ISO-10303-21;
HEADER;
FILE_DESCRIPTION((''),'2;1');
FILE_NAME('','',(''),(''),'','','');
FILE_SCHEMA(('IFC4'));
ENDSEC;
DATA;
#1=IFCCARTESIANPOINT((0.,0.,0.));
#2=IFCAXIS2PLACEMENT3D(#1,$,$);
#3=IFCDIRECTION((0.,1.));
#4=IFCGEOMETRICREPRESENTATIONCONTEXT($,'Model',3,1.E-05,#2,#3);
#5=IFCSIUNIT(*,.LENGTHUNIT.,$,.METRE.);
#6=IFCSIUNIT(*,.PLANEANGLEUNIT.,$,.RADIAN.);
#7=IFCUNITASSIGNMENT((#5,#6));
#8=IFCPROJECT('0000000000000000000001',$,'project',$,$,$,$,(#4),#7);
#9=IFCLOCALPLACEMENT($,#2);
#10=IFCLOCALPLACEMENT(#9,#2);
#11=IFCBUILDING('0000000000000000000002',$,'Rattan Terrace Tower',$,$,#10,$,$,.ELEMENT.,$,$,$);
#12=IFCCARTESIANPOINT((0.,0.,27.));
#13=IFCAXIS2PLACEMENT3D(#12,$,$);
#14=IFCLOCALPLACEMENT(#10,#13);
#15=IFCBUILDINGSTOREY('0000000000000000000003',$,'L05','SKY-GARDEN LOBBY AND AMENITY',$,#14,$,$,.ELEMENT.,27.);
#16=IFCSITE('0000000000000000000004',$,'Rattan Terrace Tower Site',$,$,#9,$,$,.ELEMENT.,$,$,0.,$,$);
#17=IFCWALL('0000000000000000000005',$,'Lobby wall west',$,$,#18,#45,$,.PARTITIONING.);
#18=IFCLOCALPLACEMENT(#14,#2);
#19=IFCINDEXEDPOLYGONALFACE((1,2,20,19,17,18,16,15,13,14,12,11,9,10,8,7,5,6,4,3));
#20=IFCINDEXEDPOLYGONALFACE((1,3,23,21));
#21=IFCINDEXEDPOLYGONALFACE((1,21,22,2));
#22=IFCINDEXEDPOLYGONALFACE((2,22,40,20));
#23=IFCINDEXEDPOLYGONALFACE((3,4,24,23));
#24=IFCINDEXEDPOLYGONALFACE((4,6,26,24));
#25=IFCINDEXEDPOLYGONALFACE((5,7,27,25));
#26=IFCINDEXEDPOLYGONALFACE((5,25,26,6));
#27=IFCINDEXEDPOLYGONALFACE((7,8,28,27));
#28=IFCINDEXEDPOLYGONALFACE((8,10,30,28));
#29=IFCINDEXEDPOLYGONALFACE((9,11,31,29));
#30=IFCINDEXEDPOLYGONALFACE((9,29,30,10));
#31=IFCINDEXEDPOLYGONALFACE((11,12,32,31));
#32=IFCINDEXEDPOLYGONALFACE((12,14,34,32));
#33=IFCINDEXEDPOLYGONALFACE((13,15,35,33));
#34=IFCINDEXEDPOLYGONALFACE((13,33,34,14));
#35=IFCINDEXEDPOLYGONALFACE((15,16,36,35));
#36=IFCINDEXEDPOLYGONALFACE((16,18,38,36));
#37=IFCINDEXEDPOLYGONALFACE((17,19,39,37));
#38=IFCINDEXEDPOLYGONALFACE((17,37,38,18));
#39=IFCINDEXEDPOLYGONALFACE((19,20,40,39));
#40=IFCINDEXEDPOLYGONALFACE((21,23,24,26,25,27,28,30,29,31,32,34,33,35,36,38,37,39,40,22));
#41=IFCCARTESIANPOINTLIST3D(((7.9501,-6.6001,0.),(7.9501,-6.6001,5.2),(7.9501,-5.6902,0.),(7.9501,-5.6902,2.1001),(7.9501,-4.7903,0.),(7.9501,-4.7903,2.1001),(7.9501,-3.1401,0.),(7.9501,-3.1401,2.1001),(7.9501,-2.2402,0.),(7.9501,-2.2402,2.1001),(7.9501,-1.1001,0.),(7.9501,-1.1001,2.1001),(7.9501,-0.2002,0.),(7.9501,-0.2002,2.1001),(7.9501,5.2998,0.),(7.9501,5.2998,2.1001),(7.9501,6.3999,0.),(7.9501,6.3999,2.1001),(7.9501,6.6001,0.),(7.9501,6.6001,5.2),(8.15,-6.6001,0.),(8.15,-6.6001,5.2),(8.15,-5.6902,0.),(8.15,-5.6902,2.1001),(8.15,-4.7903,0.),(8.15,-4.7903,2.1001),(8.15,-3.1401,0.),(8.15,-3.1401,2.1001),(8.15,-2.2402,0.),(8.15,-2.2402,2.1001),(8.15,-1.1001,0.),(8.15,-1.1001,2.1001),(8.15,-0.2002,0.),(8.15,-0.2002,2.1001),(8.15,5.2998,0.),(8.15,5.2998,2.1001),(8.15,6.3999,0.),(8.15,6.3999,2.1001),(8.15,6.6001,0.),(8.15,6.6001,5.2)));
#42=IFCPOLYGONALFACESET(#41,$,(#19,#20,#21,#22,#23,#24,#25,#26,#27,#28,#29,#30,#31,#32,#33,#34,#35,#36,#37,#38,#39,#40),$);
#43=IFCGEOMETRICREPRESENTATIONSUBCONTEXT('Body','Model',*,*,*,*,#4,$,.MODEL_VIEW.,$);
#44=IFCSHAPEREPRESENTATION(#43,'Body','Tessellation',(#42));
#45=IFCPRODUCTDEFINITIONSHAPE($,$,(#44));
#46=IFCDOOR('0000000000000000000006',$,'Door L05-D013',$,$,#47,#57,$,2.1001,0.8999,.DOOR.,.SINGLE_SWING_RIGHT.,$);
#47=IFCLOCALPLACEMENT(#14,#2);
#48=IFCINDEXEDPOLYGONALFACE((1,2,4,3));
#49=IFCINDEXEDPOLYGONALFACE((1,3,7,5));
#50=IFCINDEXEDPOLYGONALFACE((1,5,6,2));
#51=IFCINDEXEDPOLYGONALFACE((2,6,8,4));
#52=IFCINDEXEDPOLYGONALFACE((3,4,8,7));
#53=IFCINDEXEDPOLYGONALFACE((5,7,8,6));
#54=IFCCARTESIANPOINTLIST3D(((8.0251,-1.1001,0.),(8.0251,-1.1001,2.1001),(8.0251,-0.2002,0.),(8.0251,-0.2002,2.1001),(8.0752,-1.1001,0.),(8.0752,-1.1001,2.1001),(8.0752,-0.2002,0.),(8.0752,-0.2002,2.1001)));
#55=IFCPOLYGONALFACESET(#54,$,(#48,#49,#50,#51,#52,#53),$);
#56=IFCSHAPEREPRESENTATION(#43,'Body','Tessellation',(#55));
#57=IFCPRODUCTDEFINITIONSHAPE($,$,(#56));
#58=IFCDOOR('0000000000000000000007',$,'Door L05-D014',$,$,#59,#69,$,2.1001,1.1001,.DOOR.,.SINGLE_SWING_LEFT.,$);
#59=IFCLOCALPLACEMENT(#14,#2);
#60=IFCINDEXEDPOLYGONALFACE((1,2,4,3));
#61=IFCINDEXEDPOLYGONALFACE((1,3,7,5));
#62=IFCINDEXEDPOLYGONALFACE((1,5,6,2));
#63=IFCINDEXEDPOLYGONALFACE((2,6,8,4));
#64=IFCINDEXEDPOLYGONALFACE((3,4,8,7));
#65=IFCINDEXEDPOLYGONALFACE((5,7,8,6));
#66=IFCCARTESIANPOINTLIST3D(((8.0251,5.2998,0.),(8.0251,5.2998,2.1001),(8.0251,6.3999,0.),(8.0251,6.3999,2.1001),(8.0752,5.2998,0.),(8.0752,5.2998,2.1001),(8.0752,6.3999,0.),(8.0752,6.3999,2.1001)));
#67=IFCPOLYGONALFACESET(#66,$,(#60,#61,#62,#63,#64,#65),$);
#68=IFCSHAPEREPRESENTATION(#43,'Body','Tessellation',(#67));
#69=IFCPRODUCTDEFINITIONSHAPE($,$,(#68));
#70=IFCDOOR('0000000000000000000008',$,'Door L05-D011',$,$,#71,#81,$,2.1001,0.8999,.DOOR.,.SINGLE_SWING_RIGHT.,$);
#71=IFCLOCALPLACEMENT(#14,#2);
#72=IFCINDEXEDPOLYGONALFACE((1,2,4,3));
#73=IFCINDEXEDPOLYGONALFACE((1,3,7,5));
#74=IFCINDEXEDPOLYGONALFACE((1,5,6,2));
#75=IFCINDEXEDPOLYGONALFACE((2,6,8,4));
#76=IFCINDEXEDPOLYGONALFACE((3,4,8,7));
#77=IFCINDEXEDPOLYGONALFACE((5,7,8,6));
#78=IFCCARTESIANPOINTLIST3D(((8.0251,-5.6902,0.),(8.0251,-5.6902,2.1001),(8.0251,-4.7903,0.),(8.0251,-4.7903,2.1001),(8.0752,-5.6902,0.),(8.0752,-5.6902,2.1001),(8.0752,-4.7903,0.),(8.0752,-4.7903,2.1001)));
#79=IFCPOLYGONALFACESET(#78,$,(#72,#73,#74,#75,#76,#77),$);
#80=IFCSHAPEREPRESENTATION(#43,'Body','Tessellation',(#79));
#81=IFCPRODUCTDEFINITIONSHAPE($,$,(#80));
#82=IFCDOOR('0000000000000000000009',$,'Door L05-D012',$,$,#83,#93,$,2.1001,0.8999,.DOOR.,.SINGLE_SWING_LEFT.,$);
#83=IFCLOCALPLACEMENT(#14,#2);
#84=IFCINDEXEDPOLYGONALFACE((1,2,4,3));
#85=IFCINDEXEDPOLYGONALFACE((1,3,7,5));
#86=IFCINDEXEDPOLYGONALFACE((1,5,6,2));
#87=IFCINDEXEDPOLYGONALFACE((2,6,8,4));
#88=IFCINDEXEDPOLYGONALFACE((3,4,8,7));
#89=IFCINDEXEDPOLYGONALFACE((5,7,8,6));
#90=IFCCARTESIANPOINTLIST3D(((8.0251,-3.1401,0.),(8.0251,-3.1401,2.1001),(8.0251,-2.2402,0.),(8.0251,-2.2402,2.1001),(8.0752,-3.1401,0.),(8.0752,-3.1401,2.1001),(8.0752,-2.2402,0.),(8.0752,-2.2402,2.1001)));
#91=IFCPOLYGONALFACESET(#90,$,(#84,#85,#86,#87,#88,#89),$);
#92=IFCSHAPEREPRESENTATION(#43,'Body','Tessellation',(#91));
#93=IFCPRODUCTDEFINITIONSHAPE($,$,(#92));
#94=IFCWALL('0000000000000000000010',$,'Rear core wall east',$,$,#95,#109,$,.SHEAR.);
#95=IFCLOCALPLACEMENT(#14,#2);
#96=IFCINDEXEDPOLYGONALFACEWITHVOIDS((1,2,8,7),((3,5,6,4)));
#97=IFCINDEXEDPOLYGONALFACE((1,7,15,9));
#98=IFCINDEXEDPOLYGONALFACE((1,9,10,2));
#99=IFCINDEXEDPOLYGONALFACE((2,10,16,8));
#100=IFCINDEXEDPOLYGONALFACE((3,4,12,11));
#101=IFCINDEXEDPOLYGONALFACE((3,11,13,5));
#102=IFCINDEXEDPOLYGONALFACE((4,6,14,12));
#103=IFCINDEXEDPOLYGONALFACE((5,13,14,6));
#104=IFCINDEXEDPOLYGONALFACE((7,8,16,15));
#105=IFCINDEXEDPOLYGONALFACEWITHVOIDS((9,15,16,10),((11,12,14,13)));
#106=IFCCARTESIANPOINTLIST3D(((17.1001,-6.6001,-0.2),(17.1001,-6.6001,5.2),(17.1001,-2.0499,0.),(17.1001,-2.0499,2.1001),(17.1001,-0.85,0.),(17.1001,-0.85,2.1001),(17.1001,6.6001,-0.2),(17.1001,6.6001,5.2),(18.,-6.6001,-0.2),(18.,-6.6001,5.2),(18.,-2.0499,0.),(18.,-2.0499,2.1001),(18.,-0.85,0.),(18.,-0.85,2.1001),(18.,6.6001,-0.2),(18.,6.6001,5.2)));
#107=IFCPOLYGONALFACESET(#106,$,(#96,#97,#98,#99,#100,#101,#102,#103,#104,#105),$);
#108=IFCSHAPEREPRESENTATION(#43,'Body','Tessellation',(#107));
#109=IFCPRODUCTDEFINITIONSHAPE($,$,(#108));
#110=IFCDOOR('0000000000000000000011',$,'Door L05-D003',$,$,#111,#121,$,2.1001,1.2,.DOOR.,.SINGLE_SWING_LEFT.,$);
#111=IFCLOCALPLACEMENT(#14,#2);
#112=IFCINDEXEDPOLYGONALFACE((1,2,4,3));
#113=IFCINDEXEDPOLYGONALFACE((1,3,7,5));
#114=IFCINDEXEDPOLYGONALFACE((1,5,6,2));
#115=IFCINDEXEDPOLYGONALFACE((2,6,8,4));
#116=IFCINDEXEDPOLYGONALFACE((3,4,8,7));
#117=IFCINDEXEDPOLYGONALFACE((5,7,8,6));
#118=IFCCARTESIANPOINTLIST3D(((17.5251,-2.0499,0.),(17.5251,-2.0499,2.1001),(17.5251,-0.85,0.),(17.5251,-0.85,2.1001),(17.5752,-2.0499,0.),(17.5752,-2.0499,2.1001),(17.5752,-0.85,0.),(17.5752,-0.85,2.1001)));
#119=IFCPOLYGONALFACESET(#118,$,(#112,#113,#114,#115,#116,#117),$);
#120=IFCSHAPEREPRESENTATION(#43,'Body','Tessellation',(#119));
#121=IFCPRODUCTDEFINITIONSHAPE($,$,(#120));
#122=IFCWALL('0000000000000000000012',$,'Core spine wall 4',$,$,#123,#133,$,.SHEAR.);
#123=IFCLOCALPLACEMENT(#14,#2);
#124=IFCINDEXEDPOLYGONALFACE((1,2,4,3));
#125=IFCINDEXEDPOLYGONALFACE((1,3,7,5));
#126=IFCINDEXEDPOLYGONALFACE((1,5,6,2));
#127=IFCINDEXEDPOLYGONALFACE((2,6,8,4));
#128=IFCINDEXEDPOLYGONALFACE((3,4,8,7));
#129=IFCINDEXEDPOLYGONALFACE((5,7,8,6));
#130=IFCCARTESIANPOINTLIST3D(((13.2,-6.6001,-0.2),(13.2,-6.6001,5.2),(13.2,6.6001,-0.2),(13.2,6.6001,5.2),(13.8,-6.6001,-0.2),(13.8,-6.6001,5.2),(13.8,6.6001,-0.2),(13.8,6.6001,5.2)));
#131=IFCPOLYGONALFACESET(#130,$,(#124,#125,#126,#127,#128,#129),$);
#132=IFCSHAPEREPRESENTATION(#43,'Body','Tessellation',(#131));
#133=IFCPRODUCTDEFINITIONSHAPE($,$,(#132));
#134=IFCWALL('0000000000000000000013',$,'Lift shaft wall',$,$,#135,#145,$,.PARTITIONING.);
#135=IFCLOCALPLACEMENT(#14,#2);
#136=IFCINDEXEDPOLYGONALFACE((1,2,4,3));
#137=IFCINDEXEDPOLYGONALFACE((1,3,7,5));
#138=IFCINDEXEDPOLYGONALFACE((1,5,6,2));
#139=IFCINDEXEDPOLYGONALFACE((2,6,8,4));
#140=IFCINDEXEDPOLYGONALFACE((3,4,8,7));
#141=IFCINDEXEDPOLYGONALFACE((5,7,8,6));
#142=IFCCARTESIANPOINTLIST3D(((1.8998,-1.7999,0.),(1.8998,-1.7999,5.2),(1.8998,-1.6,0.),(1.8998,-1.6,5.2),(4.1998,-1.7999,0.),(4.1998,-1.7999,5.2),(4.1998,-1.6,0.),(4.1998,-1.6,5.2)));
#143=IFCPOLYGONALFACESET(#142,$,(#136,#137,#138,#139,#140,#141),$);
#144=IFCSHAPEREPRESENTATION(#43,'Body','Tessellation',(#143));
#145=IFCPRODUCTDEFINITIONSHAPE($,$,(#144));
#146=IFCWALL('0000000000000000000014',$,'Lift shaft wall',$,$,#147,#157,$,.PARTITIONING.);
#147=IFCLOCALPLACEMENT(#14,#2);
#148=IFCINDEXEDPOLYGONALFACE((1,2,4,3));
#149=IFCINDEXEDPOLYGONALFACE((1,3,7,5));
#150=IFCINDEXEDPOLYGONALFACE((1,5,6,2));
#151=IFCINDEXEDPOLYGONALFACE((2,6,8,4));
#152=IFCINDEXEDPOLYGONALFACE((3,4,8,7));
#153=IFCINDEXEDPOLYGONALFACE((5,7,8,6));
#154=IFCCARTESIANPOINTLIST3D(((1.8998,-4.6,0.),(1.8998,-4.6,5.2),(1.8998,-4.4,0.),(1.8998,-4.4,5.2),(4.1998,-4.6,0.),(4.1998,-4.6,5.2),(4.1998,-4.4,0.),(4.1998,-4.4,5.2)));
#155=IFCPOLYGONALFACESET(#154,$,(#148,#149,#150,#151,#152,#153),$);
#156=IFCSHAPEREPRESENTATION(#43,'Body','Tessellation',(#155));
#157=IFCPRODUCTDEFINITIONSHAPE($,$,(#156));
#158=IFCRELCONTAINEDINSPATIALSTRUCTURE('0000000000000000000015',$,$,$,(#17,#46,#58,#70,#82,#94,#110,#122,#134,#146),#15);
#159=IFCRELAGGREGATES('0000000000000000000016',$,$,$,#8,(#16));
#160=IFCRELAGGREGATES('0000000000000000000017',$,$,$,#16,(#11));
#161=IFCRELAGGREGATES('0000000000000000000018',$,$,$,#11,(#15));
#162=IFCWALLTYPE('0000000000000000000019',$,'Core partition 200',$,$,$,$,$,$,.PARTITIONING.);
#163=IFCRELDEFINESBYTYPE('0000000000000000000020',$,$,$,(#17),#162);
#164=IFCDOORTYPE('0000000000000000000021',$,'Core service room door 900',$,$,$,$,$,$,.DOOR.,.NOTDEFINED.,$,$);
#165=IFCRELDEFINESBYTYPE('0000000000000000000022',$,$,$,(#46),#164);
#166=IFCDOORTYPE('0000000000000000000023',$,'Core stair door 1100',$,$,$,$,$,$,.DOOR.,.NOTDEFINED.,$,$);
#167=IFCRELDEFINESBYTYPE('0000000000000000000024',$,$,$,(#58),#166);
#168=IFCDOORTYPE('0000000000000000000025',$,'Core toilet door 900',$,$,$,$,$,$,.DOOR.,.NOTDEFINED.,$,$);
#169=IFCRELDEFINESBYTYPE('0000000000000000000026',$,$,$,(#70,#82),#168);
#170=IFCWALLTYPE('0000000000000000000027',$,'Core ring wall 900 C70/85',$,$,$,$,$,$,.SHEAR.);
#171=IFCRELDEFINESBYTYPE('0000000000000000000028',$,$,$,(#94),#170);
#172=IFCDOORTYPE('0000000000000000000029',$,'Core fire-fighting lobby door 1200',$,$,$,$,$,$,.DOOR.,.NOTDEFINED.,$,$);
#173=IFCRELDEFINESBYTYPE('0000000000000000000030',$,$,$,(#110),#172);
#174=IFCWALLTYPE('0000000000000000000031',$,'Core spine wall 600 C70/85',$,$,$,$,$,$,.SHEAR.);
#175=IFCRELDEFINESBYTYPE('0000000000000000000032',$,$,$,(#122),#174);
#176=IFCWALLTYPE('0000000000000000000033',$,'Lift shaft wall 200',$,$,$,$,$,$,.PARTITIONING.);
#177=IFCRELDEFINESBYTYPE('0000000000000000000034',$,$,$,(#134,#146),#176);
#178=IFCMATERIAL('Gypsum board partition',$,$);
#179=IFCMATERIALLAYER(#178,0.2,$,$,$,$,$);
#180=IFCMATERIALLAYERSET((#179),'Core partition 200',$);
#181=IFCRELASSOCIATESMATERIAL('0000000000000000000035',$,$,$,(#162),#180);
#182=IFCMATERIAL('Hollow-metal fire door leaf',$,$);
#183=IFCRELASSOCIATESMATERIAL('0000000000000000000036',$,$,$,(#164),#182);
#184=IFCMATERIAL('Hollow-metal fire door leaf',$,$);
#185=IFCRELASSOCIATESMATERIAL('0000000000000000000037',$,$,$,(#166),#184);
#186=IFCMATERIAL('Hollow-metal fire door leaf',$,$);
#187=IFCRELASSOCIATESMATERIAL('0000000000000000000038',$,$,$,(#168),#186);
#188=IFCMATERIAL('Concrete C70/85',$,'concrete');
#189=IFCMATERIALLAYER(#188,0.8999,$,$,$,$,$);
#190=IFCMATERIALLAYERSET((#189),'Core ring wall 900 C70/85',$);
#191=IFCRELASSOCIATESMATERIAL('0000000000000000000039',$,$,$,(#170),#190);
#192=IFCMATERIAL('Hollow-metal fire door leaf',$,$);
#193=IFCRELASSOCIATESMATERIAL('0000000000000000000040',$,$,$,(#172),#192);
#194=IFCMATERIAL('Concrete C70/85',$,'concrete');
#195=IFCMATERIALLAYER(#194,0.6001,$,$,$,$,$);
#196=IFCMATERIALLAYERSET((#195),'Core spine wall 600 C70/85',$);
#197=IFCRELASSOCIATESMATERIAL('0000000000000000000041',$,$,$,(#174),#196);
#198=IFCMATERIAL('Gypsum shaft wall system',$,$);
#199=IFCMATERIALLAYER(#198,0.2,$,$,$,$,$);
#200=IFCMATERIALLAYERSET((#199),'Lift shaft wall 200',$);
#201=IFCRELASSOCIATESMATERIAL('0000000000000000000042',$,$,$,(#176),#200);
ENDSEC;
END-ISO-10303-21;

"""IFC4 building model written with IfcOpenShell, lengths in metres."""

from ifc_helpers import new_model, si_unit, direction, frame, frame_2d, origin, place, context, subcontext, project, spatial, rectangle, extrude, material, layer, layer_set, type_object, element, fill, save


model = new_model("IFC4")

# Units and contexts
model_context = context("Model", 3, precision=1e-05, world=origin(), true_north=direction((0.0, 1.0)))
body_context = subcontext(model_context, "Body", "Model", "MODEL_VIEW")
ifc_project = project(units=[si_unit("LENGTHUNIT", "METRE"), si_unit("PLANEANGLEUNIT", "RADIAN")], contexts=[model_context])

# Site, building, storey
site_placement = place(None, origin())
site = spatial("IfcSite", under=ifc_project, at=site_placement, Name="Rattan Terrace Tower Site", CompositionType="ELEMENT", RefElevation=0.0)
building_placement = place(site_placement, origin())
building = spatial("IfcBuilding", under=site, at=building_placement, Name="Rattan Terrace Tower", CompositionType="ELEMENT")
storey_placement = place(building_placement, frame((0.0, 0.0, 27.0)))
storey = spatial("IfcBuildingStorey", under=building, at=storey_placement, Name="L05", Description="SKY-GARDEN LOBBY AND AMENITY", CompositionType="ELEMENT", Elevation=27.0)

# Shared definitions
ifc_material_1 = material(Name="Gypsum board partition")
ifc_layer_1 = layer(ifc_material_1, 0.2)
ifc_layer_set_1 = layer_set([ifc_layer_1], Name="Core partition 200")
wall_type_1 = type_object("IfcWallType", Name="Core partition 200", PredefinedType="PARTITIONING", material=ifc_layer_set_1)

# Wall, openings, doors
wall_1_placement = place(storey_placement, frame((8.05, -6.6001, 0.0), z_axis=(0.0, 0.0, 1.0), x_axis=(0.0, 1.0, 0.0)))
wall_1 = element("IfcWall", 1, at=wall_1_placement, inside=storey, type_object=wall_type_1, Name="Lobby wall west", PredefinedType="PARTITIONING", context=body_context, shape_type="SweptSolid", body=[
    extrude(rectangle(XDim=13.2002, YDim=0.2, at=frame_2d((6.6001, 0.0))), origin(), (0.0, 0.0, 1.0), 5.2),
])
opening_1_placement = place(wall_1_placement, frame((0.9099, 0.0, 0.0)))
opening_1 = element("IfcOpeningElement", 2, at=opening_1_placement, cuts=wall_1, PredefinedType="OPENING", context=body_context, shape_type="SweptSolid", body=[
    extrude(rectangle(XDim=0.8999, YDim=2.1001, at=frame_2d((0.45, 1.05))), frame((0.0, 0.1106, 0.0), z_axis=(0.0, -1.0, 0.0), x_axis=(1.0, 0.0, 0.0)), (0.0, 0.0, 1.0), 0.2209),
])
opening_2_placement = place(wall_1_placement, frame((3.46, 0.0, 0.0)))
opening_2 = element("IfcOpeningElement", 3, at=opening_2_placement, cuts=wall_1, PredefinedType="OPENING", context=body_context, shape_type="SweptSolid", body=[
    extrude(rectangle(XDim=0.8999, YDim=2.1001, at=frame_2d((0.45, 1.05))), frame((0.0, 0.1106, 0.0), z_axis=(0.0, -1.0, 0.0), x_axis=(1.0, 0.0, 0.0)), (0.0, 0.0, 1.0), 0.2209),
])
opening_3_placement = place(wall_1_placement, frame((5.5, 0.0, 0.0)))
opening_3 = element("IfcOpeningElement", 4, at=opening_3_placement, cuts=wall_1, PredefinedType="OPENING", context=body_context, shape_type="SweptSolid", body=[
    extrude(rectangle(XDim=0.8999, YDim=2.1001, at=frame_2d((0.45, 1.05))), frame((0.0, 0.1106, 0.0), z_axis=(0.0, -1.0, 0.0), x_axis=(1.0, 0.0, 0.0)), (0.0, 0.0, 1.0), 0.2209),
])
opening_4_placement = place(wall_1_placement, frame((11.8999, 0.0, 0.0)))
opening_4 = element("IfcOpeningElement", 5, at=opening_4_placement, cuts=wall_1, PredefinedType="OPENING", context=body_context, shape_type="SweptSolid", body=[
    extrude(rectangle(XDim=1.1001, YDim=2.1001, at=frame_2d((0.55, 1.05))), frame((0.0, 0.1106, 0.0), z_axis=(0.0, -1.0, 0.0), x_axis=(1.0, 0.0, 0.0)), (0.0, 0.0, 1.0), 0.2209),
])
ifc_material_2 = material(Name="Hollow-metal fire door leaf")
door_type_1 = type_object("IfcDoorType", Name="Core service room door 900", OperationType="NOTDEFINED", PredefinedType="DOOR", material=ifc_material_2)
door_1_placement = place(opening_3_placement, origin())
door_1 = element("IfcDoor", 6, at=door_1_placement, inside=storey, type_object=door_type_1, Name="Door L05-D013", OperationType="SINGLE_SWING_RIGHT", OverallHeight=2.1001, OverallWidth=0.8999, PredefinedType="DOOR", context=body_context, shape_type="SweptSolid", body=[
    extrude(rectangle(XDim=0.8999, YDim=2.1001, at=frame_2d((0.45, 1.05))), frame((0.0, 0.0249, 0.0), z_axis=(0.0, -1.0, 0.0), x_axis=(1.0, 0.0, 0.0)), (0.0, 0.0, 1.0), 0.05),
])
fill(opening_3, door_1)
ifc_material_3 = material(Name="Hollow-metal fire door leaf")
door_type_2 = type_object("IfcDoorType", Name="Core stair door 1100", OperationType="NOTDEFINED", PredefinedType="DOOR", material=ifc_material_3)
door_2_placement = place(opening_4_placement, origin())
door_2 = element("IfcDoor", 7, at=door_2_placement, inside=storey, type_object=door_type_2, Name="Door L05-D014", OperationType="SINGLE_SWING_LEFT", OverallHeight=2.1001, OverallWidth=1.1001, PredefinedType="DOOR", context=body_context, shape_type="SweptSolid", body=[
    extrude(rectangle(XDim=1.1001, YDim=2.1001, at=frame_2d((0.55, 1.05))), frame((0.0, 0.0249, 0.0), z_axis=(0.0, -1.0, 0.0), x_axis=(1.0, 0.0, 0.0)), (0.0, 0.0, 1.0), 0.05),
])
fill(opening_4, door_2)
ifc_material_4 = material(Name="Hollow-metal fire door leaf")
door_type_3 = type_object("IfcDoorType", Name="Core toilet door 900", OperationType="NOTDEFINED", PredefinedType="DOOR", material=ifc_material_4)
door_3_placement = place(opening_1_placement, origin())
door_3 = element("IfcDoor", 8, at=door_3_placement, inside=storey, type_object=door_type_3, Name="Door L05-D011", OperationType="SINGLE_SWING_RIGHT", OverallHeight=2.1001, OverallWidth=0.8999, PredefinedType="DOOR", context=body_context, shape_type="SweptSolid", body=[
    extrude(rectangle(XDim=0.8999, YDim=2.1001, at=frame_2d((0.45, 1.05))), frame((0.0, 0.0249, 0.0), z_axis=(0.0, -1.0, 0.0), x_axis=(1.0, 0.0, 0.0)), (0.0, 0.0, 1.0), 0.05),
])
fill(opening_1, door_3)
door_4_placement = place(opening_2_placement, origin())
door_4 = element("IfcDoor", 9, at=door_4_placement, inside=storey, type_object=door_type_3, Name="Door L05-D012", OperationType="SINGLE_SWING_LEFT", OverallHeight=2.1001, OverallWidth=0.8999, PredefinedType="DOOR", context=body_context, shape_type="SweptSolid", body=[
    extrude(rectangle(XDim=0.8999, YDim=2.1001, at=frame_2d((0.45, 1.05))), frame((0.0, 0.0249, 0.0), z_axis=(0.0, -1.0, 0.0), x_axis=(1.0, 0.0, 0.0)), (0.0, 0.0, 1.0), 0.05),
])
fill(opening_2, door_4)

# Wall, opening, door
ifc_material_5 = material(Name="Concrete C70/85", Category="concrete")
ifc_layer_2 = layer(ifc_material_5, 0.8999)
ifc_layer_set_2 = layer_set([ifc_layer_2], Name="Core ring wall 900 C70/85")
wall_type_2 = type_object("IfcWallType", Name="Core ring wall 900 C70/85", PredefinedType="SHEAR", material=ifc_layer_set_2)
wall_2_placement = place(storey_placement, frame((17.55, -6.6001, -0.2), z_axis=(0.0, 0.0, 1.0), x_axis=(0.0, 1.0, 0.0)))
wall_2 = element("IfcWall", 10, at=wall_2_placement, inside=storey, type_object=wall_type_2, Name="Rear core wall east", PredefinedType="SHEAR", context=body_context, shape_type="SweptSolid", body=[
    extrude(rectangle(XDim=13.2002, YDim=0.8999, at=frame_2d((6.6001, 0.0))), origin(), (0.0, 0.0, 1.0), 5.3999),
])
opening_5_placement = place(wall_2_placement, frame((4.55, 0.0, 0.2)))
opening_5 = element("IfcOpeningElement", 11, at=opening_5_placement, cuts=wall_2, PredefinedType="OPENING", context=body_context, shape_type="SweptSolid", body=[
    extrude(rectangle(XDim=1.2, YDim=2.1001, at=frame_2d((0.6001, 1.05))), frame((0.0, 0.4604, 0.0), z_axis=(0.0, -1.0, 0.0), x_axis=(1.0, 0.0, 0.0)), (0.0, 0.0, 1.0), 0.9209),
])
ifc_material_6 = material(Name="Hollow-metal fire door leaf")
door_type_4 = type_object("IfcDoorType", Name="Core fire-fighting lobby door 1200", OperationType="NOTDEFINED", PredefinedType="DOOR", material=ifc_material_6)
door_5_placement = place(opening_5_placement, origin())
door_5 = element("IfcDoor", 12, at=door_5_placement, inside=storey, type_object=door_type_4, Name="Door L05-D003", OperationType="SINGLE_SWING_LEFT", OverallHeight=2.1001, OverallWidth=1.2, PredefinedType="DOOR", context=body_context, shape_type="SweptSolid", body=[
    extrude(rectangle(XDim=1.2, YDim=2.1001, at=frame_2d((0.6001, 1.05))), frame((0.0, 0.0249, 0.0), z_axis=(0.0, -1.0, 0.0), x_axis=(1.0, 0.0, 0.0)), (0.0, 0.0, 1.0), 0.05),
])
fill(opening_5, door_5)

# Walls
ifc_material_7 = material(Name="Concrete C70/85", Category="concrete")
ifc_layer_3 = layer(ifc_material_7, 0.6001)
ifc_layer_set_3 = layer_set([ifc_layer_3], Name="Core spine wall 600 C70/85")
wall_type_3 = type_object("IfcWallType", Name="Core spine wall 600 C70/85", PredefinedType="SHEAR", material=ifc_layer_set_3)
wall_3_placement = place(storey_placement, frame((13.5, -6.6001, -0.2), z_axis=(0.0, 0.0, 1.0), x_axis=(0.0, 1.0, 0.0)))
element("IfcWall", 13, at=wall_3_placement, inside=storey, type_object=wall_type_3, Name="Core spine wall 4", PredefinedType="SHEAR", context=body_context, shape_type="SweptSolid", body=[
    extrude(rectangle(XDim=13.2002, YDim=0.6001, at=frame_2d((6.6001, 0.0))), origin(), (0.0, 0.0, 1.0), 5.3999),
])
ifc_material_8 = material(Name="Gypsum shaft wall system")
ifc_layer_4 = layer(ifc_material_8, 0.2)
ifc_layer_set_4 = layer_set([ifc_layer_4], Name="Lift shaft wall 200")
wall_type_4 = type_object("IfcWallType", Name="Lift shaft wall 200", PredefinedType="PARTITIONING", material=ifc_layer_set_4)
for number, where, z_axis, x_axis, name in (
    (14, (1.8999, -1.7, 0.0), (0.0, 0.0, 1.0), (1.0, 0.0, 0.0), "Lift shaft wall"),
    (15, (1.8999, -4.5, 0.0), (0.0, 0.0, 1.0), (1.0, 0.0, 0.0), "Lift shaft wall"),
):
    element("IfcWall", number, at=place(storey_placement, frame(where, z_axis=z_axis, x_axis=x_axis)), inside=storey, type_object=wall_type_4, Name=name, PredefinedType="PARTITIONING", context=body_context, shape_type="SweptSolid", body=[
        extrude(rectangle(XDim=2.3, YDim=0.2, at=frame_2d((1.1499, 0.0))), origin(), (0.0, 0.0, 1.0), 5.2),
    ])

save(model, "model.ifc")
